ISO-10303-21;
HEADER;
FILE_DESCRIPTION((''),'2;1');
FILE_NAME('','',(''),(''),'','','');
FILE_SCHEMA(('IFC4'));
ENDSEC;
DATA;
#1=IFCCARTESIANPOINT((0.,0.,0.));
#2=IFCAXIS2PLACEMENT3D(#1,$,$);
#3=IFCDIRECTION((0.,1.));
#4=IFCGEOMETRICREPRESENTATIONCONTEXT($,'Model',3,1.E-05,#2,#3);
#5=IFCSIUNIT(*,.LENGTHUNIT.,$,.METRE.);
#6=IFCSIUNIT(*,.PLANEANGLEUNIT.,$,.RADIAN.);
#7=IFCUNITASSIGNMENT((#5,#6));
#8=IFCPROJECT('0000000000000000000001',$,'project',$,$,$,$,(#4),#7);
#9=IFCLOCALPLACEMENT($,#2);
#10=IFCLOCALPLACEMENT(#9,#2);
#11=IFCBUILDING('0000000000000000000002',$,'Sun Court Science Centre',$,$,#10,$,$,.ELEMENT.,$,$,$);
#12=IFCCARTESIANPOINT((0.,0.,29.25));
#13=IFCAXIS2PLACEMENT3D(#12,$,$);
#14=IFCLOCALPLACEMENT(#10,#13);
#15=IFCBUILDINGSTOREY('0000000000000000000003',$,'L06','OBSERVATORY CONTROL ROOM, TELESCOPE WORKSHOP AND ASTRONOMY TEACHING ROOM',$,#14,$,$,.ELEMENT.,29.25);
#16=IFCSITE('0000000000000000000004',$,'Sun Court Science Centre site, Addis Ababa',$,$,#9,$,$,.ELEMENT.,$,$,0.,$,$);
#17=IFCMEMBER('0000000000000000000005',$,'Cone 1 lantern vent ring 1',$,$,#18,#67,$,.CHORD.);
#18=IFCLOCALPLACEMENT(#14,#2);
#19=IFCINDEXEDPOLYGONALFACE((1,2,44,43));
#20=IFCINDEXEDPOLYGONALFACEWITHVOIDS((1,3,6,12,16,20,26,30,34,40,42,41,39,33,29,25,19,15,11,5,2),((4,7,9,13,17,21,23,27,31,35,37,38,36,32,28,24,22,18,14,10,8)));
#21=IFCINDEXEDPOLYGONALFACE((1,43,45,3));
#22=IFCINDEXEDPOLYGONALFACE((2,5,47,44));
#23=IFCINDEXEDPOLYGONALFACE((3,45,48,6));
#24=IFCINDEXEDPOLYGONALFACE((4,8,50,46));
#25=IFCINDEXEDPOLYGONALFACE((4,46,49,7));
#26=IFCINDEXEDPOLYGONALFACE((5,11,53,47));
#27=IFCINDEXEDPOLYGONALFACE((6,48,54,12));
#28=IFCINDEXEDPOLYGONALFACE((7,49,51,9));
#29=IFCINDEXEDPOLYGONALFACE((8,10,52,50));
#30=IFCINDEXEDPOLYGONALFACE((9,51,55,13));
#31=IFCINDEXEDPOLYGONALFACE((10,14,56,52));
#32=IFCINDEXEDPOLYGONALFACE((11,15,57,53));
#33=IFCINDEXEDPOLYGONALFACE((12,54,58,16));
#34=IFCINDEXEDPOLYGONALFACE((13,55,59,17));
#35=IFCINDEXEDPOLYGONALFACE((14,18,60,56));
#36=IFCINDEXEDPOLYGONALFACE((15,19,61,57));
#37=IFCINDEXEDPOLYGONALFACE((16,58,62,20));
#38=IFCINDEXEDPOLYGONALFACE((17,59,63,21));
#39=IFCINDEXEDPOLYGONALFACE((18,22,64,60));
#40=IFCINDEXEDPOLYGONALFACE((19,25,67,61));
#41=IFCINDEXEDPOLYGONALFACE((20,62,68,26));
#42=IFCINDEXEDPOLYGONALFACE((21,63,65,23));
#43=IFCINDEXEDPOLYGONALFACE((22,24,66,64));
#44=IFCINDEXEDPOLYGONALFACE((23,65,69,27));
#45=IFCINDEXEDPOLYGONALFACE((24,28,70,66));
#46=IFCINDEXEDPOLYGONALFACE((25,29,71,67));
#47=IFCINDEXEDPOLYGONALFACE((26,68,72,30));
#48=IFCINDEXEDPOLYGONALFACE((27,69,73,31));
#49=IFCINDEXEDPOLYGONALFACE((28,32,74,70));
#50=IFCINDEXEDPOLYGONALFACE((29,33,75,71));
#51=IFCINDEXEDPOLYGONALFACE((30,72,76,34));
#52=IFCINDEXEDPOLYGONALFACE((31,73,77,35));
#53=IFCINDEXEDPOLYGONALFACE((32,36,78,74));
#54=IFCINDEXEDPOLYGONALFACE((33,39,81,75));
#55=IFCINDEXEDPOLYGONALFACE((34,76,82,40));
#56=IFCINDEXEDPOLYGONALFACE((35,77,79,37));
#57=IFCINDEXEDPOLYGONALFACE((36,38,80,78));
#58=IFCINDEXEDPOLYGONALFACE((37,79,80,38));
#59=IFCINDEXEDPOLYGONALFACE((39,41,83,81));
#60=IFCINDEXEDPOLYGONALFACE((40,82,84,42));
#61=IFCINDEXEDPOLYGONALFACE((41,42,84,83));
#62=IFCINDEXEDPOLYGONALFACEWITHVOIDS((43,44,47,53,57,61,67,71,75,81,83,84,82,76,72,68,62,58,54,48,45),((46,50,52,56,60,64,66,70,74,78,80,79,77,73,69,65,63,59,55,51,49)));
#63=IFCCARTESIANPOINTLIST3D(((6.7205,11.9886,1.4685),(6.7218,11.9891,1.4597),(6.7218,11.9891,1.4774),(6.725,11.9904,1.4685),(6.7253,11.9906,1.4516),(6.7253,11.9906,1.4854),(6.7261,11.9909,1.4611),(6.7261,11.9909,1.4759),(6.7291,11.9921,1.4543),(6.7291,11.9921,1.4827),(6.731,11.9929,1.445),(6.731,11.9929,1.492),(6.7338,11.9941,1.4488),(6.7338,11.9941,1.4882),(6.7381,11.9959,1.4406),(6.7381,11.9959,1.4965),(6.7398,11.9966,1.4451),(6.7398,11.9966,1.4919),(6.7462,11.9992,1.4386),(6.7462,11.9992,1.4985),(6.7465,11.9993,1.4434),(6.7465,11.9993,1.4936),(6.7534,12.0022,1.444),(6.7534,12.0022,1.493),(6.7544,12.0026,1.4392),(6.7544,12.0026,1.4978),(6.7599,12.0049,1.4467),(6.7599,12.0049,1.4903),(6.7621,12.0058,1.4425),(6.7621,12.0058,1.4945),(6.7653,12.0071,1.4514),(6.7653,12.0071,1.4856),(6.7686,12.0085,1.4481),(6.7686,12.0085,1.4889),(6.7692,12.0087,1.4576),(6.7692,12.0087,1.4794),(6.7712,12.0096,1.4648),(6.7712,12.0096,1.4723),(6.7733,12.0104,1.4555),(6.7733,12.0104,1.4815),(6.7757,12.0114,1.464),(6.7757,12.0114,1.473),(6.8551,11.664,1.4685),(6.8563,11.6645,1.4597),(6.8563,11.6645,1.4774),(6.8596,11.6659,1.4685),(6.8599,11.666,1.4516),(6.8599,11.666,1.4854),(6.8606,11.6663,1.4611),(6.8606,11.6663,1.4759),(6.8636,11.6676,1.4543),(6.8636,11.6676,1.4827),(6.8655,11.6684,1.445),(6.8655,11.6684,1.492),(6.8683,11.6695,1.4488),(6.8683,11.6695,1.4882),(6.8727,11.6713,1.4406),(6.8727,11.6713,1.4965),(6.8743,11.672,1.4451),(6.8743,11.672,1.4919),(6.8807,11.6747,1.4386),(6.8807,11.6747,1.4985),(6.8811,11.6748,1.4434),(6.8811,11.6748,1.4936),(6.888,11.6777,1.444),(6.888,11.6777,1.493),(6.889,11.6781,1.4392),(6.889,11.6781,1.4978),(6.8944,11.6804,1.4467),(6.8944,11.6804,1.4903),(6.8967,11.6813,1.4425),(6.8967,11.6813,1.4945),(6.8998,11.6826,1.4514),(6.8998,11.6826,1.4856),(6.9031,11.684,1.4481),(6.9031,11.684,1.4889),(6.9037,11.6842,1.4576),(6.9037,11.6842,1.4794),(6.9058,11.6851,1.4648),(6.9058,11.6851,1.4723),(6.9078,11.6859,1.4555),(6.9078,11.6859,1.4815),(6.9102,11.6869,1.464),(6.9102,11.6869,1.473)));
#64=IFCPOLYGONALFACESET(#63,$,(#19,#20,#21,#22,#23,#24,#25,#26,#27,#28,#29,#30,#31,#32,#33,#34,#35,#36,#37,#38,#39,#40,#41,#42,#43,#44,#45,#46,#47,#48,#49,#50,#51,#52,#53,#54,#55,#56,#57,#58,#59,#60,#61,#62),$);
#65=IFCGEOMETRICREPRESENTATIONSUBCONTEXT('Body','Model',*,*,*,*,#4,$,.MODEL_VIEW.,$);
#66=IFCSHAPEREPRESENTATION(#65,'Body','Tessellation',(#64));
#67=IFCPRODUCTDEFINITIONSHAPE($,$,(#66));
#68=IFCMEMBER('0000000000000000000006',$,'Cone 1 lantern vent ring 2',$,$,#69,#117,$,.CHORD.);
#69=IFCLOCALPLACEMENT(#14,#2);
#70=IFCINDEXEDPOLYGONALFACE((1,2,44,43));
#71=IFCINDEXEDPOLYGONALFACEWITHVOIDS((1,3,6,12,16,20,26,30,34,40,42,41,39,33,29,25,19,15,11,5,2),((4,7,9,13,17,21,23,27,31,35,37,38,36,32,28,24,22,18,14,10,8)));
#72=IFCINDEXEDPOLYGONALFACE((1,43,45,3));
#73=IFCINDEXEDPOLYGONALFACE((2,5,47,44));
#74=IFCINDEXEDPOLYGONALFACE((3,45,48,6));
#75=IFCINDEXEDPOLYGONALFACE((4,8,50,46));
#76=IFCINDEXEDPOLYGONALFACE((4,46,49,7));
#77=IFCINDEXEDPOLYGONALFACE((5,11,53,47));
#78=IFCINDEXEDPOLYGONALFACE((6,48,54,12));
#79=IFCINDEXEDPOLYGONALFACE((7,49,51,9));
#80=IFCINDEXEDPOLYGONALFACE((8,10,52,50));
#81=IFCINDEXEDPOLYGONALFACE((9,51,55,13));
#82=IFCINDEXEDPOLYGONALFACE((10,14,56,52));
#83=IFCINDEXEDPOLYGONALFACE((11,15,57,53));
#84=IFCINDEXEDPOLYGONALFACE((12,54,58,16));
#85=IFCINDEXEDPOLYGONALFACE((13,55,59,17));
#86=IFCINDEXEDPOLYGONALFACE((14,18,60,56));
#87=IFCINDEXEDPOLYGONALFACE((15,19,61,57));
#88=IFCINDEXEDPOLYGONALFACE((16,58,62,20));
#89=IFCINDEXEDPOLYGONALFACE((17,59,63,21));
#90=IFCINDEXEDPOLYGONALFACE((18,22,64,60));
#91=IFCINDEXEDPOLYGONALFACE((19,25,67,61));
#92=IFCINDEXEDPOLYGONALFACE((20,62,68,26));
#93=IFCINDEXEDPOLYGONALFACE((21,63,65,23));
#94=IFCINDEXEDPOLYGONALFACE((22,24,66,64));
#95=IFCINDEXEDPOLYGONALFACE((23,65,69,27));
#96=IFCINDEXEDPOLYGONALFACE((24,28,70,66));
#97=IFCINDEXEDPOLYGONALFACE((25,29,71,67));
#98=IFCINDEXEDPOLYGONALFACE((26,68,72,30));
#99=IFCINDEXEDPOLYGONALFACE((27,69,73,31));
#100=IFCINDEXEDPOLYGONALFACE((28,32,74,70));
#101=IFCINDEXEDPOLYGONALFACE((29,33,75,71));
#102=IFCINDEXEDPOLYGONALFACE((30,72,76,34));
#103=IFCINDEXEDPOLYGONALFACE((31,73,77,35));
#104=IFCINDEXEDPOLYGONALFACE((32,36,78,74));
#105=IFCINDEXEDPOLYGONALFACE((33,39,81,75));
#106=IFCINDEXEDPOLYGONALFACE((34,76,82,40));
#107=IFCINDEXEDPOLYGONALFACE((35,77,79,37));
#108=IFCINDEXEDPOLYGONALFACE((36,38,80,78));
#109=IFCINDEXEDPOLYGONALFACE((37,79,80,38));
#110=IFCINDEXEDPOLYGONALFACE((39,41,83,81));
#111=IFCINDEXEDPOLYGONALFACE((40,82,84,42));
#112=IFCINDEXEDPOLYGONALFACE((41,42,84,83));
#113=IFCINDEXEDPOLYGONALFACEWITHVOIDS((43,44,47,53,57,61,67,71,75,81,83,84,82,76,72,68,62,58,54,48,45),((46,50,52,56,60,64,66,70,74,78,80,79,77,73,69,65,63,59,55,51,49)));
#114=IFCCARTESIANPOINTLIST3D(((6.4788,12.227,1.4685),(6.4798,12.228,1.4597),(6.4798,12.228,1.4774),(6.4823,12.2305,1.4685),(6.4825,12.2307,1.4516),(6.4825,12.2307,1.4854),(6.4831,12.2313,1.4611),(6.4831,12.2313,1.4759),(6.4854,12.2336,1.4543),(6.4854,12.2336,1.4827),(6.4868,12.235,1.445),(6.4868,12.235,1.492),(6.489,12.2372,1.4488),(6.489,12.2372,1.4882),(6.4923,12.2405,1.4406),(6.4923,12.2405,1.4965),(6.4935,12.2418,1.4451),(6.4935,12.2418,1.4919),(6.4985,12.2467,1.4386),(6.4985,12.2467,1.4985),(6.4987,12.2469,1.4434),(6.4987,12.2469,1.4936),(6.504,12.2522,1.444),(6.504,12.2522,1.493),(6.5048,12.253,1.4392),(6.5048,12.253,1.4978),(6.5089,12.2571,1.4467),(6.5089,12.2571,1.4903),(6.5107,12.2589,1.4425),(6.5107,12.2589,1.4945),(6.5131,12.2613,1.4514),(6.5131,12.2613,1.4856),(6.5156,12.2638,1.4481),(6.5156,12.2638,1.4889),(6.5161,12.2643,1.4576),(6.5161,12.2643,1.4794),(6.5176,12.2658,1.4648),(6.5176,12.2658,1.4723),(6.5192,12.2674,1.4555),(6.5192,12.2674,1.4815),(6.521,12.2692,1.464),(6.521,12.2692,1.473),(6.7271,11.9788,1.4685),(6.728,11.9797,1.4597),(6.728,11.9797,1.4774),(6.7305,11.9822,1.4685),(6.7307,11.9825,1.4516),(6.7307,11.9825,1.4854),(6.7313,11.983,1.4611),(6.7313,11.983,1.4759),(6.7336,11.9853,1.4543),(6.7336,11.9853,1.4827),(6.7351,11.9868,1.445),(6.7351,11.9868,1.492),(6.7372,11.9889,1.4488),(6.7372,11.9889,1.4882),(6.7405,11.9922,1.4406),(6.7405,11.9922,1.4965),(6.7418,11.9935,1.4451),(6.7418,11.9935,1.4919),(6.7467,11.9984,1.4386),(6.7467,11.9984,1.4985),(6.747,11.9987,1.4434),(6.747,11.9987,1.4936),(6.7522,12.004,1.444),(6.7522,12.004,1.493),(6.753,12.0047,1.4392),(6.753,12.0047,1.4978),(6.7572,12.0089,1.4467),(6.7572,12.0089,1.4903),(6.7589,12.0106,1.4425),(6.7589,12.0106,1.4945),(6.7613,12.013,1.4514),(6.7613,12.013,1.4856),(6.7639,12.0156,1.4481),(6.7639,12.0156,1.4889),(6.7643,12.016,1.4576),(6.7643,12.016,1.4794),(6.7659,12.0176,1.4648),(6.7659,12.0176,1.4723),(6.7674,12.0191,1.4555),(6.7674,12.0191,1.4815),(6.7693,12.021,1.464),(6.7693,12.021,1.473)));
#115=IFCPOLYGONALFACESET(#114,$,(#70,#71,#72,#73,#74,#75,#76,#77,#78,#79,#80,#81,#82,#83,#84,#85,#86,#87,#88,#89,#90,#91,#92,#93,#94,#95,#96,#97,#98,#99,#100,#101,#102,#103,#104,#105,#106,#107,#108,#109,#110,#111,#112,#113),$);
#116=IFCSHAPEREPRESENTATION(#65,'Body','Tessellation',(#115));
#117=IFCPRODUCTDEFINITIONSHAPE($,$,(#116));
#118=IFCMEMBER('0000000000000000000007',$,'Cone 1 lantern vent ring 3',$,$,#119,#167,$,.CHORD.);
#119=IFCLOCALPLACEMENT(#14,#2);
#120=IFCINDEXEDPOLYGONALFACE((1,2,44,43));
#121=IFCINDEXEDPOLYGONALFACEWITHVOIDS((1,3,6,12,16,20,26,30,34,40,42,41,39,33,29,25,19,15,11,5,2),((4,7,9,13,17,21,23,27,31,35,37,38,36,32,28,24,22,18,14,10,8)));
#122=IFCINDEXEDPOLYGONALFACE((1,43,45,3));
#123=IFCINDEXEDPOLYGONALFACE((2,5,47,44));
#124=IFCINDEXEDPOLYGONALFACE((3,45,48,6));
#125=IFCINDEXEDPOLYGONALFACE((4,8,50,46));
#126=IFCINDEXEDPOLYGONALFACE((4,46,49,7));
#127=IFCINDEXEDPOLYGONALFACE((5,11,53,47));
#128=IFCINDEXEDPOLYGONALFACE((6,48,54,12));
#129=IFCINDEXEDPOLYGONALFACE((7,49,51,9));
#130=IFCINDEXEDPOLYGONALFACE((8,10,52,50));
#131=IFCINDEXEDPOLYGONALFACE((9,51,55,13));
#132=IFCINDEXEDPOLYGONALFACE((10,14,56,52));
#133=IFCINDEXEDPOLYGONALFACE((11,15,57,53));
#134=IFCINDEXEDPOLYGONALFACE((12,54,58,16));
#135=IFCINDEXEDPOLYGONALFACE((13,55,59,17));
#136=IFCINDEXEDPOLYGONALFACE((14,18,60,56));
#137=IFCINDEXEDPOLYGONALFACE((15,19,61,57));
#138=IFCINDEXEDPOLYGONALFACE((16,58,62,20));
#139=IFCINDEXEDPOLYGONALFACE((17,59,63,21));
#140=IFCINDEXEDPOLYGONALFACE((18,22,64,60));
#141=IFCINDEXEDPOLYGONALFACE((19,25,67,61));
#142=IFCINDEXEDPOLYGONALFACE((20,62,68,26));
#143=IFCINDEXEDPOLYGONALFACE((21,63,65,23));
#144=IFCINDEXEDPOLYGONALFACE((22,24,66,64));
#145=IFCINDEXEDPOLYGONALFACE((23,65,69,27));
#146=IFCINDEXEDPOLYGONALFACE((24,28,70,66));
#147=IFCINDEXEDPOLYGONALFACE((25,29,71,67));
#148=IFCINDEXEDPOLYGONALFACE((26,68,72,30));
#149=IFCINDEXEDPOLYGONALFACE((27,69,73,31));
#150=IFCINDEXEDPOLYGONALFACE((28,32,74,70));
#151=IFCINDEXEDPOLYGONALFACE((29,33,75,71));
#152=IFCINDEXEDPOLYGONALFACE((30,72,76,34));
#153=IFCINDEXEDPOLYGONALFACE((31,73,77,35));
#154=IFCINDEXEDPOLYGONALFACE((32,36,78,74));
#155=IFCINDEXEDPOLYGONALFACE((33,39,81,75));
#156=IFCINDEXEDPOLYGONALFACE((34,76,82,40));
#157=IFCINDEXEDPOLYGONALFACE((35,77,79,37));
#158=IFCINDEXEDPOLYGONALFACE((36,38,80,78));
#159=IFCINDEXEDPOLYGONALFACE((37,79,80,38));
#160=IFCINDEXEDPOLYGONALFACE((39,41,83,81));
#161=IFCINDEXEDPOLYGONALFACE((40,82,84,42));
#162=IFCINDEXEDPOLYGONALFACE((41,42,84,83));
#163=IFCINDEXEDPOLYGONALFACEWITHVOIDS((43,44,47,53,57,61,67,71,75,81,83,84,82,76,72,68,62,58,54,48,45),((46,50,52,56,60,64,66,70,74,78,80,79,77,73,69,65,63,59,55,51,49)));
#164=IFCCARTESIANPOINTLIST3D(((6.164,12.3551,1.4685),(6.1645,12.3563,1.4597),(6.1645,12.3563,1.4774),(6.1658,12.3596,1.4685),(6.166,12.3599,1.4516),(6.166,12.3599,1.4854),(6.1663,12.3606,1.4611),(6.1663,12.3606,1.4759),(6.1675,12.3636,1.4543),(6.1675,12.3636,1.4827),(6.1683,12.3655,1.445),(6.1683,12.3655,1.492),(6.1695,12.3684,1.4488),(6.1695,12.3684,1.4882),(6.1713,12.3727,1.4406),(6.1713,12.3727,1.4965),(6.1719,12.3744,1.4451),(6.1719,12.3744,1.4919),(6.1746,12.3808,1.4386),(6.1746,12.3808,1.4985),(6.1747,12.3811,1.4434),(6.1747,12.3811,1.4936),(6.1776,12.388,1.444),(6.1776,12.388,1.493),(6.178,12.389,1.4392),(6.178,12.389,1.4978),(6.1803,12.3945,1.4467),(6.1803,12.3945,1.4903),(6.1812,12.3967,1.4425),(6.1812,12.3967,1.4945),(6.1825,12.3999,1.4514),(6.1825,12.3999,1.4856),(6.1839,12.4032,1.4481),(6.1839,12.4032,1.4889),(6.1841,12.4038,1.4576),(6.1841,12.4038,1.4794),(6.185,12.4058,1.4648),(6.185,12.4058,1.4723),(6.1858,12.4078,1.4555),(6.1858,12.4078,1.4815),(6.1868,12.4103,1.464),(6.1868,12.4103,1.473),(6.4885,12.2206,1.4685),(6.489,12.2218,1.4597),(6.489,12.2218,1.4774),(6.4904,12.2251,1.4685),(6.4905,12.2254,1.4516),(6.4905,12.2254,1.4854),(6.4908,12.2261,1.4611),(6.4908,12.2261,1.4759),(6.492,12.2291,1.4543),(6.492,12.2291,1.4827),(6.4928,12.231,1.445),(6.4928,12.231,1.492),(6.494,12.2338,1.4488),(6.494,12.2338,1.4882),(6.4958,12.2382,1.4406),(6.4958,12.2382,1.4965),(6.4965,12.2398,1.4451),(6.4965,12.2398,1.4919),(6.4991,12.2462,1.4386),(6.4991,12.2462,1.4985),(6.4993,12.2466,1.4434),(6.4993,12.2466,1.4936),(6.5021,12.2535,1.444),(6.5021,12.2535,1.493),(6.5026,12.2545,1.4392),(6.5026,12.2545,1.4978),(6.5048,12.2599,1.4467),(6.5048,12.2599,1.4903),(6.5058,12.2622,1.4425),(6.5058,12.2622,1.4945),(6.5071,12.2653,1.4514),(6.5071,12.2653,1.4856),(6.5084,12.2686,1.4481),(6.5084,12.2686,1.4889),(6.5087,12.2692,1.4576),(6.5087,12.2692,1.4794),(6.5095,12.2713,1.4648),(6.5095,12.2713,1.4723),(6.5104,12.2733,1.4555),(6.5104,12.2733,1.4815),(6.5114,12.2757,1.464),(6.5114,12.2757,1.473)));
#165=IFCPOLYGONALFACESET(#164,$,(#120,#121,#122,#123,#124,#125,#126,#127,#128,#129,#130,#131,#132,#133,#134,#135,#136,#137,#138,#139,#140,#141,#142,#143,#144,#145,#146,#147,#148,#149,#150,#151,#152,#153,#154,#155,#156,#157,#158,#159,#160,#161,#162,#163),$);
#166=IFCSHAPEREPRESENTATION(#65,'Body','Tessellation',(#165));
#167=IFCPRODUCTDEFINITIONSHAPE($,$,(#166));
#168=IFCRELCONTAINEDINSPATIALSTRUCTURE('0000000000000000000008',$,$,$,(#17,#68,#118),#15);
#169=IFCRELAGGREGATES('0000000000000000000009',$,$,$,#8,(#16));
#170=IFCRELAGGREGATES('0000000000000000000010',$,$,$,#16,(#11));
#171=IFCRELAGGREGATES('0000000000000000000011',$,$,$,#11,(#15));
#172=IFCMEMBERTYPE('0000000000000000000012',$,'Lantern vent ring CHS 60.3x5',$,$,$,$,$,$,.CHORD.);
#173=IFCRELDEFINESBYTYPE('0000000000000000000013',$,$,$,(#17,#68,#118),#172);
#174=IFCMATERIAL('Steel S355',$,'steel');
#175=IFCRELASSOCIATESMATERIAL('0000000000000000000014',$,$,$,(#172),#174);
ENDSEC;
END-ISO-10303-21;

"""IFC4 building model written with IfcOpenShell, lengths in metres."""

from ifc_helpers import new_model, si_unit, direction, frame, origin, origin_2d, place, context, subcontext, project, spatial, hollow_circle, extrude, material, material_profile, profile_set, type_object, element, save


model = new_model("IFC4")

# Units and contexts
model_context = context("Model", 3, precision=1e-05, world=origin(), true_north=direction((0.0, 1.0)))
body_context = subcontext(model_context, "Body", "Model", "MODEL_VIEW")
ifc_project = project(units=[si_unit("LENGTHUNIT", "METRE"), si_unit("PLANEANGLEUNIT", "RADIAN")], contexts=[model_context])

# Site, building, storey
site_placement = place(None, origin())
site = spatial("IfcSite", under=ifc_project, at=site_placement, Name="Sun Court Science Centre site, Addis Ababa", CompositionType="ELEMENT", RefElevation=0.0)
building_placement = place(site_placement, origin())
building = spatial("IfcBuilding", under=site, at=building_placement, Name="Sun Court Science Centre", CompositionType="ELEMENT")
storey_placement = place(building_placement, frame((0.0, 0.0, 29.25)))
storey = spatial("IfcBuildingStorey", under=building, at=storey_placement, Name="L06", Description="OBSERVATORY CONTROL ROOM, TELESCOPE WORKSHOP AND ASTRONOMY TEACHING ROOM", CompositionType="ELEMENT", Elevation=29.25)

# Members
ifc_material_1 = material(Name="Steel S355", Category="steel")
ifc_material_profile_1 = material_profile(ifc_material_1, hollow_circle(Radius=0.03, WallThickness=0.0049, at=origin_2d()), Name="CHS 60.3x5")
ifc_profile_set_1 = profile_set([ifc_material_profile_1], Name="Steel S355")
member_type_1 = type_object("IfcMemberType", Name="Lantern vent ring CHS 60.3x5", PredefinedType="CHORD", material=ifc_profile_set_1)
member_1_placement = place(storey_placement, frame((6.8828, 11.6755, 1.4685), z_axis=(-0.382986, 0.923754, 0.0), x_axis=(-0.923754, -0.382986, 0.0)))
element("IfcMember", 1, at=member_1_placement, inside=storey, type_object=member_type_1, Name="Cone 1 lantern vent ring 1", PredefinedType="CHORD", context=body_context, shape_type="SweptSolid", body=[
    extrude(hollow_circle(Radius=0.03, WallThickness=0.0049, at=origin_2d()), origin(), (0.0, 0.0, 1.0), 0.3513),
])
member_2_placement = place(storey_placement, frame((6.7483, 12.0, 1.4685), z_axis=(-0.707107, 0.707107, 0.0), x_axis=(-0.707107, -0.707107, 0.0)))
element("IfcMember", 2, at=member_2_placement, inside=storey, type_object=member_type_1, Name="Cone 1 lantern vent ring 2", PredefinedType="CHORD", context=body_context, shape_type="SweptSolid", body=[
    extrude(hollow_circle(Radius=0.03, WallThickness=0.0049, at=origin_2d()), origin(), (0.0, 0.0, 1.0), 0.3511),
])
member_3_placement = place(storey_placement, frame((6.5, 12.2483, 1.4685), z_axis=(-0.923754, 0.382986, 0.0), x_axis=(-0.382986, -0.923754, 0.0)))
element("IfcMember", 3, at=member_3_placement, inside=storey, type_object=member_type_1, Name="Cone 1 lantern vent ring 3", PredefinedType="CHORD", context=body_context, shape_type="SweptSolid", body=[
    extrude(hollow_circle(Radius=0.03, WallThickness=0.0049, at=origin_2d()), origin(), (0.0, 0.0, 1.0), 0.3513),
])

save(model, "model.ifc")
